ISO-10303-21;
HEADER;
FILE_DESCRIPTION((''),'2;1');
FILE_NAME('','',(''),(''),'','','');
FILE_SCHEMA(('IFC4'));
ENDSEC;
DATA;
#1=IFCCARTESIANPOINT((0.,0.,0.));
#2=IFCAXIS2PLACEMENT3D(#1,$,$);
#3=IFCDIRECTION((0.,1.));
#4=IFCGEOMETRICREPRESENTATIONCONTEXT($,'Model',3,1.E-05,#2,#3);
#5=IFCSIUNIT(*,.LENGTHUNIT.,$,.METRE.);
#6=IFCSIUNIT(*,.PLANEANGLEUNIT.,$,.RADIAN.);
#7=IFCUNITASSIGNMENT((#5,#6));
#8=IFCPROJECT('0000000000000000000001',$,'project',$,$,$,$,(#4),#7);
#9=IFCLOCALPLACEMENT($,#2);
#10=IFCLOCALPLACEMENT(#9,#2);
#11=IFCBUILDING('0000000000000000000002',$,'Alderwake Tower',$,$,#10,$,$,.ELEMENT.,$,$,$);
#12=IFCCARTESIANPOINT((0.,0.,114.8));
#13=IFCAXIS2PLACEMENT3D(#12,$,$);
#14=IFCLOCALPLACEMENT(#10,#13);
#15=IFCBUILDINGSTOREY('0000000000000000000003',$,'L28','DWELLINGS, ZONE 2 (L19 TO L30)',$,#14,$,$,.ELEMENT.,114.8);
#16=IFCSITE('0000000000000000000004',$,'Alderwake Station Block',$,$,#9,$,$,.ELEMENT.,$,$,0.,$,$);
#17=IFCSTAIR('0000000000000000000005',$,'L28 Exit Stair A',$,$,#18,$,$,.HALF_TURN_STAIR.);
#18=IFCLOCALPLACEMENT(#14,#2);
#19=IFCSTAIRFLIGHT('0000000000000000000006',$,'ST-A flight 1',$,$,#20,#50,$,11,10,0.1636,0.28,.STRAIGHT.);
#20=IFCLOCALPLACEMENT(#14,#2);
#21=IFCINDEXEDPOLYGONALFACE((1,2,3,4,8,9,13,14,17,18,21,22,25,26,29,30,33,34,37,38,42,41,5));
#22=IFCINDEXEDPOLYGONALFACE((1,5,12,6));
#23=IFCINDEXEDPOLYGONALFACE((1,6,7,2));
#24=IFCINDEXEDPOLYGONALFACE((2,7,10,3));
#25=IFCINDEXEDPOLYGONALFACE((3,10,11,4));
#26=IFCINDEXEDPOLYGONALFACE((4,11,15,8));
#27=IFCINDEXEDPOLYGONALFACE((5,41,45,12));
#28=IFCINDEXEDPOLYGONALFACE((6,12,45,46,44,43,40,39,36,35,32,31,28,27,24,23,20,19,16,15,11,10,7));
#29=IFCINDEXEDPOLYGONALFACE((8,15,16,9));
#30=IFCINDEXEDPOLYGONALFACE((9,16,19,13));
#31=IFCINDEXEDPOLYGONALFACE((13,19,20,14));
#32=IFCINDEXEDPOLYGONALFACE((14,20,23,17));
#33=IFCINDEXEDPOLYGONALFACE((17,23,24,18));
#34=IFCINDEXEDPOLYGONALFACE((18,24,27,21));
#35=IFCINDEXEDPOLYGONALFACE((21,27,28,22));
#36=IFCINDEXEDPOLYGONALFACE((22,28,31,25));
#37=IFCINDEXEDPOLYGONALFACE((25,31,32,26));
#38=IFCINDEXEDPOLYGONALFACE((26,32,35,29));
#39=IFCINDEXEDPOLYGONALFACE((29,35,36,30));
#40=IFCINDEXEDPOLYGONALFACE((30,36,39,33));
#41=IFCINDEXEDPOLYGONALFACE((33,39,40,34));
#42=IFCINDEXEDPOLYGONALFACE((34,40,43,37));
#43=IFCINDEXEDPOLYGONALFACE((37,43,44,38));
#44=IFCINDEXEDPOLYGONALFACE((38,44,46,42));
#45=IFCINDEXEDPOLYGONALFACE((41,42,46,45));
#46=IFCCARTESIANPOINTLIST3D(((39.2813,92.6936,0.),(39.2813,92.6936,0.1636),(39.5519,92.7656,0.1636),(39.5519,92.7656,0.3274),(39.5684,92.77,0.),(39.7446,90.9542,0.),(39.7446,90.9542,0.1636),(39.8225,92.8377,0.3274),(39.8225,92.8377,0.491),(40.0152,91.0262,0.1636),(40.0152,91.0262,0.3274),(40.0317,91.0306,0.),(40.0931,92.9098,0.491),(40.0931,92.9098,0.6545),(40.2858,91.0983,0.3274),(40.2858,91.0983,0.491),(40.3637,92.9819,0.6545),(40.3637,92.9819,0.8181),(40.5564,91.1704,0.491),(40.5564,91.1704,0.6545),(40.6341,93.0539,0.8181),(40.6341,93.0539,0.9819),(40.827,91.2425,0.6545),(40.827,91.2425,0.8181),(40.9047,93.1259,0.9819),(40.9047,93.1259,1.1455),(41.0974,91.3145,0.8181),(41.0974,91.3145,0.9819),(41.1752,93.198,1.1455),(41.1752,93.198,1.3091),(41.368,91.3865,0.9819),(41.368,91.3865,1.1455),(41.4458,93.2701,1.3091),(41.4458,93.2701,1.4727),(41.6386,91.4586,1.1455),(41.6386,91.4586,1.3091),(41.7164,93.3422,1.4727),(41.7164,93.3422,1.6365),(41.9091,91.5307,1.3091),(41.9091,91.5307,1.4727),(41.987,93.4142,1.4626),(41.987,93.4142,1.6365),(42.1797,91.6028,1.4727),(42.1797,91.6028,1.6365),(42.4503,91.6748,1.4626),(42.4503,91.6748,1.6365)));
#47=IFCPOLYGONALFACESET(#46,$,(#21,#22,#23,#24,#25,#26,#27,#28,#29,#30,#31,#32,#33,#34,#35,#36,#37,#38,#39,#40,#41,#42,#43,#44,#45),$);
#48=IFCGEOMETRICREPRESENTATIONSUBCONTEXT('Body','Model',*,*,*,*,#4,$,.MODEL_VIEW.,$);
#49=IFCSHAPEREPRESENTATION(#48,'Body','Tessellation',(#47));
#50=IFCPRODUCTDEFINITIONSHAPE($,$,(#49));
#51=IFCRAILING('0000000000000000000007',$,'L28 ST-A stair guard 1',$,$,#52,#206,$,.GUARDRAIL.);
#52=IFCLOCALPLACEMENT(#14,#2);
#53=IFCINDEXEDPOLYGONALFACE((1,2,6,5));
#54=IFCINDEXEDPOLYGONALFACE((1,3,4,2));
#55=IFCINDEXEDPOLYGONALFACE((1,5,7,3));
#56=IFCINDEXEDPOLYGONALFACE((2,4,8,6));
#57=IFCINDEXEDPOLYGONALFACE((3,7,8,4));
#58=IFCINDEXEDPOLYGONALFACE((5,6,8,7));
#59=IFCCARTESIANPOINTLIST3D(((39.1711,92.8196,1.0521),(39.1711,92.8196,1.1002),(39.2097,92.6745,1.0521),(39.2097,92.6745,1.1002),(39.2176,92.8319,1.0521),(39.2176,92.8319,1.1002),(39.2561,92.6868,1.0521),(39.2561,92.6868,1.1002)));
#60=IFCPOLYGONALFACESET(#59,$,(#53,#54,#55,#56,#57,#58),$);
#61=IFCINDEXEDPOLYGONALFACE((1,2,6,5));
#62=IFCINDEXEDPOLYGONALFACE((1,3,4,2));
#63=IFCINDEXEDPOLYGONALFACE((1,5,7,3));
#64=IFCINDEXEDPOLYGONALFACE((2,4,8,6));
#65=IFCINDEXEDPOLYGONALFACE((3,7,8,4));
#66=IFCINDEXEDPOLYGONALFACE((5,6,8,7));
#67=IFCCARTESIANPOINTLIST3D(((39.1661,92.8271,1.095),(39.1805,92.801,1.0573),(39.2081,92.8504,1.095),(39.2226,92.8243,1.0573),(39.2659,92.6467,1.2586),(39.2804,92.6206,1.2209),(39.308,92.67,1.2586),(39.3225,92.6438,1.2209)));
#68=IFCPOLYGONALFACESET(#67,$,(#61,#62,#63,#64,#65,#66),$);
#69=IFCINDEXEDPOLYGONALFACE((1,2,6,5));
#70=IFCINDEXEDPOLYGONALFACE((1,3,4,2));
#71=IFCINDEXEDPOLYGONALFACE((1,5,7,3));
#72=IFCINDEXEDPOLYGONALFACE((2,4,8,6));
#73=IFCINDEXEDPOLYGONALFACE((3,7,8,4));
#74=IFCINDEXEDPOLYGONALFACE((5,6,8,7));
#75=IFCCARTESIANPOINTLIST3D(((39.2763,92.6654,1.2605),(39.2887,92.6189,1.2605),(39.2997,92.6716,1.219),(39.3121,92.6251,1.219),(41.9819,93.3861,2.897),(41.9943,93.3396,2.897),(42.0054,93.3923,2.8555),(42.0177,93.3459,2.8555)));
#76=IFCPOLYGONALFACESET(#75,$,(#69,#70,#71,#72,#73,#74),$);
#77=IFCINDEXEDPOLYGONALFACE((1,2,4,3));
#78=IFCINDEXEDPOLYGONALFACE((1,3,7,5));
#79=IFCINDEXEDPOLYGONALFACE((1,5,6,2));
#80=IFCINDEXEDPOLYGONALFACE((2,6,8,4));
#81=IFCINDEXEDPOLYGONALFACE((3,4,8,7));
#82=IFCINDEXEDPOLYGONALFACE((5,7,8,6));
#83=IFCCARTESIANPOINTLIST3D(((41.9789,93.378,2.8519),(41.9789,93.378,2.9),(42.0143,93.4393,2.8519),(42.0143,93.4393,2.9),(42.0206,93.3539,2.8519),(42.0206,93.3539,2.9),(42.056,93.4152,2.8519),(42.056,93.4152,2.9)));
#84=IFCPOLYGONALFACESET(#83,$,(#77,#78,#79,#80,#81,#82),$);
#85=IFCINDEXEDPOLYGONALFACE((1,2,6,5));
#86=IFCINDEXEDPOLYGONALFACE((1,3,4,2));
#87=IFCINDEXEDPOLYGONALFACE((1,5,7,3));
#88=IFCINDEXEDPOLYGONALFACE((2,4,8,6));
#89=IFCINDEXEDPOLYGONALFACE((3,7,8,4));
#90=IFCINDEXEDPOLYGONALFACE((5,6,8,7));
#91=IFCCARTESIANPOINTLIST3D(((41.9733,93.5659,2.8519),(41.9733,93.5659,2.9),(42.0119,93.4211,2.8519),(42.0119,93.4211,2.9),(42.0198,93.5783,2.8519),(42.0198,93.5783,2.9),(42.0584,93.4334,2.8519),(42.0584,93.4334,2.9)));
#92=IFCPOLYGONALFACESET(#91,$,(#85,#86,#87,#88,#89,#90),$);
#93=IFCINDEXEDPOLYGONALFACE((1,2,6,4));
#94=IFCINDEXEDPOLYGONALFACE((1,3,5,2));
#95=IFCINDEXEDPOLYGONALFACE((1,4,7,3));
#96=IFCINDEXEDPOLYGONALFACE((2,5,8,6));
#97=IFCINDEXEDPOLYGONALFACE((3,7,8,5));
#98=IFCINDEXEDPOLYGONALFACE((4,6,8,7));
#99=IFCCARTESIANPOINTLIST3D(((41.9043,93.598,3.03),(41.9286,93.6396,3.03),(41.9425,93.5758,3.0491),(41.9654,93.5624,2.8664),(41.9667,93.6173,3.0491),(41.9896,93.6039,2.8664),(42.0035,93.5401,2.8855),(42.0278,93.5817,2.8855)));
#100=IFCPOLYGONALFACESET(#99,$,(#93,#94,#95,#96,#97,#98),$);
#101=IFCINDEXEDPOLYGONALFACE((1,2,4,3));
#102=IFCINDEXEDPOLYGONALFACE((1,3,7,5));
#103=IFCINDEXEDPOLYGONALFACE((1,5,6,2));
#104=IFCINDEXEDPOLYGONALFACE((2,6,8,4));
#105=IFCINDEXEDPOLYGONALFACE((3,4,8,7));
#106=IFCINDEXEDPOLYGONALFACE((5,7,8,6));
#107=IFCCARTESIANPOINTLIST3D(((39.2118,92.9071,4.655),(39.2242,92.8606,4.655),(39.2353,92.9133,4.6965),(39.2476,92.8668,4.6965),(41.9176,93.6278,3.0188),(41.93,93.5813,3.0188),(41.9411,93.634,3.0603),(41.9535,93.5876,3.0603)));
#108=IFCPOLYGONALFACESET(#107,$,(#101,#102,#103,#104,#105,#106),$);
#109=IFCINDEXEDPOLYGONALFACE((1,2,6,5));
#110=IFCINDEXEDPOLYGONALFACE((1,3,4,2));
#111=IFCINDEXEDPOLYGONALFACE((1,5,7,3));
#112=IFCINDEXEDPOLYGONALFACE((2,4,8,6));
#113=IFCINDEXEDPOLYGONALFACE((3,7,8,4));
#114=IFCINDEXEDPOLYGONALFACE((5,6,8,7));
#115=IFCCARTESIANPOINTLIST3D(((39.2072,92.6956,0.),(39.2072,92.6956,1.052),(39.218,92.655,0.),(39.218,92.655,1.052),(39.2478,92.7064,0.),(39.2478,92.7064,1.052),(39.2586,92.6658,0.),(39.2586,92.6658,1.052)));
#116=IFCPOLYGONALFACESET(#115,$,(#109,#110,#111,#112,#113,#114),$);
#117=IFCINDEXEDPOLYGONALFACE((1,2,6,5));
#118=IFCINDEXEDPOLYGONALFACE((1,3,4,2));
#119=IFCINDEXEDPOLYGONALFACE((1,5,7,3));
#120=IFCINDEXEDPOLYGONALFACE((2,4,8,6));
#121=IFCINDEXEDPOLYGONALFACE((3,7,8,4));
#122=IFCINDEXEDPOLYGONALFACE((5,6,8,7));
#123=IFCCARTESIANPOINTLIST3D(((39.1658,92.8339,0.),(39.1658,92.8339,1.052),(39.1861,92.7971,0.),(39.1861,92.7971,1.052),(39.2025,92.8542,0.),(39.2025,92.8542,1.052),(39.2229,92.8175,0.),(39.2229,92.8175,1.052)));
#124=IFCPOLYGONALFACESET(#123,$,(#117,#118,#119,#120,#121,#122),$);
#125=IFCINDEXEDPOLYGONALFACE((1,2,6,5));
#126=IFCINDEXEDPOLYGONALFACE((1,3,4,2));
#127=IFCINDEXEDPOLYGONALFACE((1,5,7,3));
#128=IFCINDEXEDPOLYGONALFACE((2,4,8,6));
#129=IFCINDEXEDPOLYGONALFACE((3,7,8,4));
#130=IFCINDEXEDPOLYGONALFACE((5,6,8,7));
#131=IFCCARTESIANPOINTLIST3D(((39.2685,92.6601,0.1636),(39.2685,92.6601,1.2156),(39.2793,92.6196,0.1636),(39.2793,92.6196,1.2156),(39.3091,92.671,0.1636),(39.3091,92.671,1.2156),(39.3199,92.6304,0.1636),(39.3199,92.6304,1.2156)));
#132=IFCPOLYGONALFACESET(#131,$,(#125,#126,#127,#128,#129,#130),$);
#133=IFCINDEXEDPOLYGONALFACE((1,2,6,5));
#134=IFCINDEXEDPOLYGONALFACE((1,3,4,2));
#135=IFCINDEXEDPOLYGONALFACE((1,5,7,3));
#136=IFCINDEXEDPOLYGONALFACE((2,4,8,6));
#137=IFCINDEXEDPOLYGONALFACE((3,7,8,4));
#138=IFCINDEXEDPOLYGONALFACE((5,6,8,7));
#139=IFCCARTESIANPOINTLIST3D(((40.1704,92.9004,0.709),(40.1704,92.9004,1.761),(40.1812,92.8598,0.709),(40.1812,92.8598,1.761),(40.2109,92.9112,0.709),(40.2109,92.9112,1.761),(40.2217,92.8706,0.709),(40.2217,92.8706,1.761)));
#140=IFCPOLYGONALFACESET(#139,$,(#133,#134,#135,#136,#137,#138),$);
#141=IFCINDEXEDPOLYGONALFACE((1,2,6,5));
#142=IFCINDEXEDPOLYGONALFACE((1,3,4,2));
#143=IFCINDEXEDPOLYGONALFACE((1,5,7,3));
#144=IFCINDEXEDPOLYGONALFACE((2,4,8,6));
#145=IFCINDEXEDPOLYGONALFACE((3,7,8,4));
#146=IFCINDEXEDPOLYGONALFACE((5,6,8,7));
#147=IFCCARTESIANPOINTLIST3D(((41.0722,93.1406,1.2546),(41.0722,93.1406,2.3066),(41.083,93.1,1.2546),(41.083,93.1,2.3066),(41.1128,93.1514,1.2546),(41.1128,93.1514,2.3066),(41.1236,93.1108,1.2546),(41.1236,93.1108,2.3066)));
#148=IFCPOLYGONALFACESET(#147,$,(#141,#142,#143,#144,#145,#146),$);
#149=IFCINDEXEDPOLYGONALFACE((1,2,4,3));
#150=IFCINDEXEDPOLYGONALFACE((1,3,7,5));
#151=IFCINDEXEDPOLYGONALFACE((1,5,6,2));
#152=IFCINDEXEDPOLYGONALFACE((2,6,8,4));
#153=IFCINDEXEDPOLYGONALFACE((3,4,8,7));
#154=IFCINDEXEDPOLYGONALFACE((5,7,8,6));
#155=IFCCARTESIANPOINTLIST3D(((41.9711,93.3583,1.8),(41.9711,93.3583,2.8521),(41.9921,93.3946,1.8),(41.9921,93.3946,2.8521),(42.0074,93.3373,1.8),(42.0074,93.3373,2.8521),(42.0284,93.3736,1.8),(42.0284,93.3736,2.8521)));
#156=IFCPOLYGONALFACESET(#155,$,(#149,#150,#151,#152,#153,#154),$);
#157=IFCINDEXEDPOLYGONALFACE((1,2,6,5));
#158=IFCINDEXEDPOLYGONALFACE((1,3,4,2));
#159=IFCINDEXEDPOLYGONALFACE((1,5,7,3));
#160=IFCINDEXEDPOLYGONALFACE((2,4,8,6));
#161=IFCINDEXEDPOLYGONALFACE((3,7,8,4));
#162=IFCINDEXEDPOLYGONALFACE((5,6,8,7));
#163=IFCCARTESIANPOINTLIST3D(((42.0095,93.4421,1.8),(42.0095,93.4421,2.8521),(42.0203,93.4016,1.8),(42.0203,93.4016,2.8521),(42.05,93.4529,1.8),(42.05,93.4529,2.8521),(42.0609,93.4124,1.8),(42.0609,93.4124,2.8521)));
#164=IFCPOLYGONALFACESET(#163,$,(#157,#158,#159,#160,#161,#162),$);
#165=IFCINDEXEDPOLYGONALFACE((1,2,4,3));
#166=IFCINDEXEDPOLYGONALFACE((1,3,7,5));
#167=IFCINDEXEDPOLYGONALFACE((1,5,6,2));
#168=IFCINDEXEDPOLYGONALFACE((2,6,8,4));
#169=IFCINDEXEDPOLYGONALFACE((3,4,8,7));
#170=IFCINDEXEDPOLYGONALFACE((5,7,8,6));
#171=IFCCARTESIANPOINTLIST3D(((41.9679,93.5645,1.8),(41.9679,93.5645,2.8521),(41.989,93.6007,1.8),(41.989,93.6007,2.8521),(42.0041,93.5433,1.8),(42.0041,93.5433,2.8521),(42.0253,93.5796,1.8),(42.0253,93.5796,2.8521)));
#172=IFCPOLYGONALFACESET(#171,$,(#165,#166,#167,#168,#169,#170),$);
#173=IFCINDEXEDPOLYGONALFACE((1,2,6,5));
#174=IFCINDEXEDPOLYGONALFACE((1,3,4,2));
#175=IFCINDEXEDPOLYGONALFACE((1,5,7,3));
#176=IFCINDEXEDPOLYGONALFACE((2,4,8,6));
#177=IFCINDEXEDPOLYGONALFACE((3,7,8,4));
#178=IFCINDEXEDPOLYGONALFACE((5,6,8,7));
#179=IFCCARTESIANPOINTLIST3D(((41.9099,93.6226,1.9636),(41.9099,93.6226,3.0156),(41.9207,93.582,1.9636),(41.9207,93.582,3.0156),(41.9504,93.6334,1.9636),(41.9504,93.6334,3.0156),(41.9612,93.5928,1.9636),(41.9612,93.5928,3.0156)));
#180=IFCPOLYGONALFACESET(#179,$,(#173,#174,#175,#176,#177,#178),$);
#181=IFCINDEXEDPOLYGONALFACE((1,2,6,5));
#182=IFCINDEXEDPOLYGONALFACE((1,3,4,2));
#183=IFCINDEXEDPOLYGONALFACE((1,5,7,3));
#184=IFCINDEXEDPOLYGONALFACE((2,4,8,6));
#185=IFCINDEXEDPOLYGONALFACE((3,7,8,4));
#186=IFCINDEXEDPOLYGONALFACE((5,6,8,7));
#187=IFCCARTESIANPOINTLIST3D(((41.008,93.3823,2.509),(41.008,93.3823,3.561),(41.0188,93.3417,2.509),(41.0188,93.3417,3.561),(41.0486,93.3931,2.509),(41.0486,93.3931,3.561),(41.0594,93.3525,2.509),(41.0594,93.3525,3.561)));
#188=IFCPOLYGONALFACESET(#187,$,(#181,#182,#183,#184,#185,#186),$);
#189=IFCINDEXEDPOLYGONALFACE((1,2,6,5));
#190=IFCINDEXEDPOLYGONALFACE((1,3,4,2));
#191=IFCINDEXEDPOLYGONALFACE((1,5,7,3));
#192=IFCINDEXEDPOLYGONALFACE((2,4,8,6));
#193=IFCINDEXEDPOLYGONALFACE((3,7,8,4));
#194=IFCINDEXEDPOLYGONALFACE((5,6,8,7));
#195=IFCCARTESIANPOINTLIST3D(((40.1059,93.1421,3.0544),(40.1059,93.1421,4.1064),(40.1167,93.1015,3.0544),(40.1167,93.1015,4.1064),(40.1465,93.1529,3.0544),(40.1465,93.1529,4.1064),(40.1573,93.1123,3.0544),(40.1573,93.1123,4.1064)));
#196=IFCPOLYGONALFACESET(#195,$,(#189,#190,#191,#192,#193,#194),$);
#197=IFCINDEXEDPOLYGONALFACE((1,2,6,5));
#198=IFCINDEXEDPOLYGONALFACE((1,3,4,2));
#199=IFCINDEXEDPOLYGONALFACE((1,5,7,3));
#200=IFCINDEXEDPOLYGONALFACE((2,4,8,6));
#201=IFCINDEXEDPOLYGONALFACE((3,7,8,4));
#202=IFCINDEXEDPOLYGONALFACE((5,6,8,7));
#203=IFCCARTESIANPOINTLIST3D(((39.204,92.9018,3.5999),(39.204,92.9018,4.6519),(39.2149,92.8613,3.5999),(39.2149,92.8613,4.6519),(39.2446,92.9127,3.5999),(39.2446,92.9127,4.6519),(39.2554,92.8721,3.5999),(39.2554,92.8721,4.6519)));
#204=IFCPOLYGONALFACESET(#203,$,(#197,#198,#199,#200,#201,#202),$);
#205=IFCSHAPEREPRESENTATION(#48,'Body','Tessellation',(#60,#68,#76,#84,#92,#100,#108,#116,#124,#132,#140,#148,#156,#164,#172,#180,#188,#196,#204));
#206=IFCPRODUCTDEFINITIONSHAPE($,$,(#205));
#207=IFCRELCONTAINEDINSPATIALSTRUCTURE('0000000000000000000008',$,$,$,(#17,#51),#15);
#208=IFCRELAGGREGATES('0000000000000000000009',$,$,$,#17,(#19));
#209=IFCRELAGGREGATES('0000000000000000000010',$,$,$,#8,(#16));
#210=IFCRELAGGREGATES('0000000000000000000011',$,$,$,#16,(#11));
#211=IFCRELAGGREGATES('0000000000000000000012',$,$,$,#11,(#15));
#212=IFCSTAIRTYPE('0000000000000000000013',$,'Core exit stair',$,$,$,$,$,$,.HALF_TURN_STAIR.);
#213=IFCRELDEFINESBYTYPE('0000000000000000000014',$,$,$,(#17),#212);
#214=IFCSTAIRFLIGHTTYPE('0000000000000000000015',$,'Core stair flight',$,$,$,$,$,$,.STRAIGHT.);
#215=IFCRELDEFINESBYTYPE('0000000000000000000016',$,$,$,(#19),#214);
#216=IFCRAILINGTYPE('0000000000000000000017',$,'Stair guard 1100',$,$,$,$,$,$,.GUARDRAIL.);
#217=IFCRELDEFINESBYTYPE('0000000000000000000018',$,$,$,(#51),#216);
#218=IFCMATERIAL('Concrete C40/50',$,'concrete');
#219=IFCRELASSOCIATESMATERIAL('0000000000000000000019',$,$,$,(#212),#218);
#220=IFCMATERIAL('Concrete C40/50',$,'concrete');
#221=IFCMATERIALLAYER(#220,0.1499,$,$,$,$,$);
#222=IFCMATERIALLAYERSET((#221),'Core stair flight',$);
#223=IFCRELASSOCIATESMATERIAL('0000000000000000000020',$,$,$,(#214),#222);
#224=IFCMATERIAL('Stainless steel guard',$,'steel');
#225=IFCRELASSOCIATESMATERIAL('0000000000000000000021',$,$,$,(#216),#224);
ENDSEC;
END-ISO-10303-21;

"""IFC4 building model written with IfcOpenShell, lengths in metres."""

from ifc_helpers import new_model, si_unit, direction, frame, origin, origin_2d, place, context, subcontext, project, spatial, polyline, rectangle, outline, extrude, material, layer, layer_set, type_object, element, aggregate, save


model = new_model("IFC4")

# Units and contexts
model_context = context("Model", 3, precision=1e-05, world=origin(), true_north=direction((0.0, 1.0)))
body_context = subcontext(model_context, "Body", "Model", "MODEL_VIEW")
ifc_project = project(units=[si_unit("LENGTHUNIT", "METRE"), si_unit("PLANEANGLEUNIT", "RADIAN")], contexts=[model_context])

# Site, building, storey
site_placement = place(None, origin())
site = spatial("IfcSite", under=ifc_project, at=site_placement, Name="Alderwake Station Block", CompositionType="ELEMENT", RefElevation=0.0)
building_placement = place(site_placement, origin())
building = spatial("IfcBuilding", under=site, at=building_placement, Name="Alderwake Tower", CompositionType="ELEMENT")
storey_placement = place(building_placement, frame((0.0, 0.0, 114.8)))
storey = spatial("IfcBuildingStorey", under=building, at=storey_placement, Name="L28", Description="DWELLINGS, ZONE 2 (L19 TO L30)", CompositionType="ELEMENT", Elevation=114.8)

# Stair, stair flight
ifc_material_1 = material(Name="Concrete C40/50", Category="concrete")
stair_type = type_object("IfcStairType", Name="Core exit stair", PredefinedType="HALF_TURN_STAIR", material=ifc_material_1)
stair_placement = place(storey_placement, origin())
stair = element("IfcStair", 1, at=stair_placement, inside=storey, type_object=stair_type, Name="L28 Exit Stair A", PredefinedType="HALF_TURN_STAIR")
ifc_material_2 = material(Name="Concrete C40/50", Category="concrete")
ifc_layer_1 = layer(ifc_material_2, 0.1499)
ifc_layer_set_1 = layer_set([ifc_layer_1], Name="Core stair flight")
stair_flight_type = type_object("IfcStairFlightType", Name="Core stair flight", PredefinedType="STRAIGHT", material=ifc_layer_set_1)
stair_flight_placement = place(storey_placement, frame((39.5129, 91.824, 0.0), z_axis=(0.0, 0.0, 1.0), x_axis=(0.96631, 0.257382, 0.0)))
stair_flight = element("IfcStairFlight", 2, at=stair_flight_placement, type_object=stair_flight_type, Name="ST-A flight 1", NumberOfRisers=11, NumberOfTreads=10, PredefinedType="STRAIGHT", RiserHeight=0.1636, TreadLength=0.28, context=body_context, shape_type="SweptSolid", body=[
    extrude(outline(polyline([(0.0, 0.0), (0.0, 0.1636), (0.28, 0.1636), (0.28, 0.3274), (0.5601, 0.3274), (0.5601, 0.491), (0.8401, 0.491), (0.8401, 0.6545), (1.1201, 0.6545), (1.1201, 0.8181), (1.3999, 0.8181), (1.3999, 0.9819), (1.6799, 0.9819), (1.6799, 1.1455), (1.96, 1.1455), (1.96, 1.3091), (2.24, 1.3091), (2.24, 1.4727), (2.52, 1.4727), (2.52, 1.6365), (2.8, 1.6365), (2.8, 1.8), (2.8, 1.4626), (0.2971, 0.0), (0.0, 0.0)])), frame((0.0, 0.8999, 0.0), z_axis=(0.0, -1.0, 0.0), x_axis=(1.0, 0.0, 0.0)), (0.0, 0.0, 1.0), 1.8),
])
aggregate(stair, [stair_flight])

# Railing
ifc_material_3 = material(Name="Stainless steel guard", Category="steel")
railing_type_1 = type_object("IfcRailingType", Name="Stair guard 1100", PredefinedType="GUARDRAIL", material=ifc_material_3)
railing_1_placement = place(storey_placement, frame((39.2329, 92.6807, 0.0)))
element("IfcRailing", 3, at=railing_1_placement, inside=storey, type_object=railing_type_1, Name="L28 ST-A stair guard 1", PredefinedType="GUARDRAIL", context=body_context, shape_type="SweptSolid", body=[
    extrude(rectangle(XDim=0.0481, YDim=0.0481, at=origin_2d()), frame((0.0, 0.0, 1.0762), z_axis=(-0.257055, 0.966397, 0.0), x_axis=(-0.966397, -0.257055, 0.0)), (0.0, 0.0, 1.0), 0.1501),
    extrude(rectangle(XDim=0.0481, YDim=0.0481, at=origin_2d()), frame((-0.0386, 0.145, 1.0762), z_axis=(0.379371, -0.685464, 0.621463), x_axis=(0.874938, 0.484235, 0.0)), (0.0, 0.0, 1.0), 0.2632),
    extrude(rectangle(XDim=0.0481, YDim=0.0481, at=origin_2d()), frame((0.0613, -0.0354, 1.2397), z_axis=(0.834259, 0.222228, 0.504605), x_axis=(-0.257402, 0.966304, 0.0)), (0.0, 0.0, 1.0), 3.2432),
    extrude(rectangle(XDim=0.0481, YDim=0.0481, at=origin_2d()), frame((2.7668, 0.6853, 2.876), z_axis=(0.50022, 0.865898, 0.0), x_axis=(-0.865898, 0.50022, 0.0)), (0.0, 0.0, 1.0), 0.0708),
    extrude(rectangle(XDim=0.0481, YDim=0.0481, at=origin_2d()), frame((2.8022, 0.7466, 2.876), z_axis=(-0.25746, 0.966289, 0.0), x_axis=(-0.966289, -0.25746, 0.0)), (0.0, 0.0, 1.0), 0.1499),
    extrude(rectangle(XDim=0.0481, YDim=0.0481, at=origin_2d()), frame((2.7637, 0.8914, 2.876), z_axis=(-0.342525, 0.200035, 0.917967), x_axis=(-0.5043, -0.863528, 0.0)), (0.0, 0.0, 1.0), 0.1782),
    extrude(rectangle(XDim=0.0481, YDim=0.0481, at=origin_2d()), frame((2.7026, 0.927, 3.0396), z_axis=(-0.834314, -0.222223, 0.504518), x_axis=(0.25738, -0.96631, 0.0)), (0.0, 0.0, 1.0), 3.2432),
    extrude(rectangle(XDim=0.042, YDim=0.042, at=origin_2d()), frame((0.0, 0.0, 0.0), z_axis=(0.0, 0.0, 1.0), x_axis=(-0.257055, 0.966397, 0.0)), (0.0, 0.0, 1.0), 1.052),
    extrude(rectangle(XDim=0.042, YDim=0.042, at=origin_2d()), frame((-0.0386, 0.145, 0.0), z_axis=(0.0, 0.0, 1.0), x_axis=(0.484235, -0.874938, 0.0)), (0.0, 0.0, 1.0), 1.052),
    extrude(rectangle(XDim=0.042, YDim=0.042, at=origin_2d()), frame((0.0613, -0.0354, 0.1636), z_axis=(0.0, 0.0, 1.0), x_axis=(0.966304, 0.257402, 0.0)), (0.0, 0.0, 1.0), 1.052),
    extrude(rectangle(XDim=0.042, YDim=0.042, at=origin_2d()), frame((0.9631, 0.2048, 0.709), z_axis=(0.0, 0.0, 1.0), x_axis=(0.966304, 0.257402, 0.0)), (0.0, 0.0, 1.0), 1.052),
    extrude(rectangle(XDim=0.042, YDim=0.042, at=origin_2d()), frame((1.865, 0.4451, 1.2546), z_axis=(0.0, 0.0, 1.0), x_axis=(0.966304, 0.257402, 0.0)), (0.0, 0.0, 1.0), 1.052),
    extrude(rectangle(XDim=0.042, YDim=0.042, at=origin_2d()), frame((2.7668, 0.6853, 1.8), z_axis=(0.0, 0.0, 1.0), x_axis=(0.50022, 0.865898, 0.0)), (0.0, 0.0, 1.0), 1.052),
    extrude(rectangle(XDim=0.042, YDim=0.042, at=origin_2d()), frame((2.8022, 0.7466, 1.8), z_axis=(0.0, 0.0, 1.0), x_axis=(-0.25746, 0.966289, 0.0)), (0.0, 0.0, 1.0), 1.052),
    extrude(rectangle(XDim=0.042, YDim=0.042, at=origin_2d()), frame((2.7637, 0.8914, 1.8), z_axis=(0.0, 0.0, 1.0), x_axis=(-0.863528, 0.5043, 0.0)), (0.0, 0.0, 1.0), 1.052),
    extrude(rectangle(XDim=0.042, YDim=0.042, at=origin_2d()), frame((2.7026, 0.927, 1.9636), z_axis=(0.0, 0.0, 1.0), x_axis=(-0.96631, -0.25738, 0.0)), (0.0, 0.0, 1.0), 1.052),
    extrude(rectangle(XDim=0.042, YDim=0.042, at=origin_2d()), frame((1.8008, 0.6868, 2.509), z_axis=(0.0, 0.0, 1.0), x_axis=(-0.96631, -0.25738, 0.0)), (0.0, 0.0, 1.0), 1.052),
    extrude(rectangle(XDim=0.042, YDim=0.042, at=origin_2d()), frame((0.8987, 0.4465, 3.0544), z_axis=(0.0, 0.0, 1.0), x_axis=(-0.96631, -0.25738, 0.0)), (0.0, 0.0, 1.0), 1.052),
    extrude(rectangle(XDim=0.042, YDim=0.042, at=origin_2d()), frame((-0.0032, 0.2063, 3.5999), z_axis=(0.0, 0.0, 1.0), x_axis=(-0.96631, -0.25738, 0.0)), (0.0, 0.0, 1.0), 1.052),
])

save(model, "model.ifc")
